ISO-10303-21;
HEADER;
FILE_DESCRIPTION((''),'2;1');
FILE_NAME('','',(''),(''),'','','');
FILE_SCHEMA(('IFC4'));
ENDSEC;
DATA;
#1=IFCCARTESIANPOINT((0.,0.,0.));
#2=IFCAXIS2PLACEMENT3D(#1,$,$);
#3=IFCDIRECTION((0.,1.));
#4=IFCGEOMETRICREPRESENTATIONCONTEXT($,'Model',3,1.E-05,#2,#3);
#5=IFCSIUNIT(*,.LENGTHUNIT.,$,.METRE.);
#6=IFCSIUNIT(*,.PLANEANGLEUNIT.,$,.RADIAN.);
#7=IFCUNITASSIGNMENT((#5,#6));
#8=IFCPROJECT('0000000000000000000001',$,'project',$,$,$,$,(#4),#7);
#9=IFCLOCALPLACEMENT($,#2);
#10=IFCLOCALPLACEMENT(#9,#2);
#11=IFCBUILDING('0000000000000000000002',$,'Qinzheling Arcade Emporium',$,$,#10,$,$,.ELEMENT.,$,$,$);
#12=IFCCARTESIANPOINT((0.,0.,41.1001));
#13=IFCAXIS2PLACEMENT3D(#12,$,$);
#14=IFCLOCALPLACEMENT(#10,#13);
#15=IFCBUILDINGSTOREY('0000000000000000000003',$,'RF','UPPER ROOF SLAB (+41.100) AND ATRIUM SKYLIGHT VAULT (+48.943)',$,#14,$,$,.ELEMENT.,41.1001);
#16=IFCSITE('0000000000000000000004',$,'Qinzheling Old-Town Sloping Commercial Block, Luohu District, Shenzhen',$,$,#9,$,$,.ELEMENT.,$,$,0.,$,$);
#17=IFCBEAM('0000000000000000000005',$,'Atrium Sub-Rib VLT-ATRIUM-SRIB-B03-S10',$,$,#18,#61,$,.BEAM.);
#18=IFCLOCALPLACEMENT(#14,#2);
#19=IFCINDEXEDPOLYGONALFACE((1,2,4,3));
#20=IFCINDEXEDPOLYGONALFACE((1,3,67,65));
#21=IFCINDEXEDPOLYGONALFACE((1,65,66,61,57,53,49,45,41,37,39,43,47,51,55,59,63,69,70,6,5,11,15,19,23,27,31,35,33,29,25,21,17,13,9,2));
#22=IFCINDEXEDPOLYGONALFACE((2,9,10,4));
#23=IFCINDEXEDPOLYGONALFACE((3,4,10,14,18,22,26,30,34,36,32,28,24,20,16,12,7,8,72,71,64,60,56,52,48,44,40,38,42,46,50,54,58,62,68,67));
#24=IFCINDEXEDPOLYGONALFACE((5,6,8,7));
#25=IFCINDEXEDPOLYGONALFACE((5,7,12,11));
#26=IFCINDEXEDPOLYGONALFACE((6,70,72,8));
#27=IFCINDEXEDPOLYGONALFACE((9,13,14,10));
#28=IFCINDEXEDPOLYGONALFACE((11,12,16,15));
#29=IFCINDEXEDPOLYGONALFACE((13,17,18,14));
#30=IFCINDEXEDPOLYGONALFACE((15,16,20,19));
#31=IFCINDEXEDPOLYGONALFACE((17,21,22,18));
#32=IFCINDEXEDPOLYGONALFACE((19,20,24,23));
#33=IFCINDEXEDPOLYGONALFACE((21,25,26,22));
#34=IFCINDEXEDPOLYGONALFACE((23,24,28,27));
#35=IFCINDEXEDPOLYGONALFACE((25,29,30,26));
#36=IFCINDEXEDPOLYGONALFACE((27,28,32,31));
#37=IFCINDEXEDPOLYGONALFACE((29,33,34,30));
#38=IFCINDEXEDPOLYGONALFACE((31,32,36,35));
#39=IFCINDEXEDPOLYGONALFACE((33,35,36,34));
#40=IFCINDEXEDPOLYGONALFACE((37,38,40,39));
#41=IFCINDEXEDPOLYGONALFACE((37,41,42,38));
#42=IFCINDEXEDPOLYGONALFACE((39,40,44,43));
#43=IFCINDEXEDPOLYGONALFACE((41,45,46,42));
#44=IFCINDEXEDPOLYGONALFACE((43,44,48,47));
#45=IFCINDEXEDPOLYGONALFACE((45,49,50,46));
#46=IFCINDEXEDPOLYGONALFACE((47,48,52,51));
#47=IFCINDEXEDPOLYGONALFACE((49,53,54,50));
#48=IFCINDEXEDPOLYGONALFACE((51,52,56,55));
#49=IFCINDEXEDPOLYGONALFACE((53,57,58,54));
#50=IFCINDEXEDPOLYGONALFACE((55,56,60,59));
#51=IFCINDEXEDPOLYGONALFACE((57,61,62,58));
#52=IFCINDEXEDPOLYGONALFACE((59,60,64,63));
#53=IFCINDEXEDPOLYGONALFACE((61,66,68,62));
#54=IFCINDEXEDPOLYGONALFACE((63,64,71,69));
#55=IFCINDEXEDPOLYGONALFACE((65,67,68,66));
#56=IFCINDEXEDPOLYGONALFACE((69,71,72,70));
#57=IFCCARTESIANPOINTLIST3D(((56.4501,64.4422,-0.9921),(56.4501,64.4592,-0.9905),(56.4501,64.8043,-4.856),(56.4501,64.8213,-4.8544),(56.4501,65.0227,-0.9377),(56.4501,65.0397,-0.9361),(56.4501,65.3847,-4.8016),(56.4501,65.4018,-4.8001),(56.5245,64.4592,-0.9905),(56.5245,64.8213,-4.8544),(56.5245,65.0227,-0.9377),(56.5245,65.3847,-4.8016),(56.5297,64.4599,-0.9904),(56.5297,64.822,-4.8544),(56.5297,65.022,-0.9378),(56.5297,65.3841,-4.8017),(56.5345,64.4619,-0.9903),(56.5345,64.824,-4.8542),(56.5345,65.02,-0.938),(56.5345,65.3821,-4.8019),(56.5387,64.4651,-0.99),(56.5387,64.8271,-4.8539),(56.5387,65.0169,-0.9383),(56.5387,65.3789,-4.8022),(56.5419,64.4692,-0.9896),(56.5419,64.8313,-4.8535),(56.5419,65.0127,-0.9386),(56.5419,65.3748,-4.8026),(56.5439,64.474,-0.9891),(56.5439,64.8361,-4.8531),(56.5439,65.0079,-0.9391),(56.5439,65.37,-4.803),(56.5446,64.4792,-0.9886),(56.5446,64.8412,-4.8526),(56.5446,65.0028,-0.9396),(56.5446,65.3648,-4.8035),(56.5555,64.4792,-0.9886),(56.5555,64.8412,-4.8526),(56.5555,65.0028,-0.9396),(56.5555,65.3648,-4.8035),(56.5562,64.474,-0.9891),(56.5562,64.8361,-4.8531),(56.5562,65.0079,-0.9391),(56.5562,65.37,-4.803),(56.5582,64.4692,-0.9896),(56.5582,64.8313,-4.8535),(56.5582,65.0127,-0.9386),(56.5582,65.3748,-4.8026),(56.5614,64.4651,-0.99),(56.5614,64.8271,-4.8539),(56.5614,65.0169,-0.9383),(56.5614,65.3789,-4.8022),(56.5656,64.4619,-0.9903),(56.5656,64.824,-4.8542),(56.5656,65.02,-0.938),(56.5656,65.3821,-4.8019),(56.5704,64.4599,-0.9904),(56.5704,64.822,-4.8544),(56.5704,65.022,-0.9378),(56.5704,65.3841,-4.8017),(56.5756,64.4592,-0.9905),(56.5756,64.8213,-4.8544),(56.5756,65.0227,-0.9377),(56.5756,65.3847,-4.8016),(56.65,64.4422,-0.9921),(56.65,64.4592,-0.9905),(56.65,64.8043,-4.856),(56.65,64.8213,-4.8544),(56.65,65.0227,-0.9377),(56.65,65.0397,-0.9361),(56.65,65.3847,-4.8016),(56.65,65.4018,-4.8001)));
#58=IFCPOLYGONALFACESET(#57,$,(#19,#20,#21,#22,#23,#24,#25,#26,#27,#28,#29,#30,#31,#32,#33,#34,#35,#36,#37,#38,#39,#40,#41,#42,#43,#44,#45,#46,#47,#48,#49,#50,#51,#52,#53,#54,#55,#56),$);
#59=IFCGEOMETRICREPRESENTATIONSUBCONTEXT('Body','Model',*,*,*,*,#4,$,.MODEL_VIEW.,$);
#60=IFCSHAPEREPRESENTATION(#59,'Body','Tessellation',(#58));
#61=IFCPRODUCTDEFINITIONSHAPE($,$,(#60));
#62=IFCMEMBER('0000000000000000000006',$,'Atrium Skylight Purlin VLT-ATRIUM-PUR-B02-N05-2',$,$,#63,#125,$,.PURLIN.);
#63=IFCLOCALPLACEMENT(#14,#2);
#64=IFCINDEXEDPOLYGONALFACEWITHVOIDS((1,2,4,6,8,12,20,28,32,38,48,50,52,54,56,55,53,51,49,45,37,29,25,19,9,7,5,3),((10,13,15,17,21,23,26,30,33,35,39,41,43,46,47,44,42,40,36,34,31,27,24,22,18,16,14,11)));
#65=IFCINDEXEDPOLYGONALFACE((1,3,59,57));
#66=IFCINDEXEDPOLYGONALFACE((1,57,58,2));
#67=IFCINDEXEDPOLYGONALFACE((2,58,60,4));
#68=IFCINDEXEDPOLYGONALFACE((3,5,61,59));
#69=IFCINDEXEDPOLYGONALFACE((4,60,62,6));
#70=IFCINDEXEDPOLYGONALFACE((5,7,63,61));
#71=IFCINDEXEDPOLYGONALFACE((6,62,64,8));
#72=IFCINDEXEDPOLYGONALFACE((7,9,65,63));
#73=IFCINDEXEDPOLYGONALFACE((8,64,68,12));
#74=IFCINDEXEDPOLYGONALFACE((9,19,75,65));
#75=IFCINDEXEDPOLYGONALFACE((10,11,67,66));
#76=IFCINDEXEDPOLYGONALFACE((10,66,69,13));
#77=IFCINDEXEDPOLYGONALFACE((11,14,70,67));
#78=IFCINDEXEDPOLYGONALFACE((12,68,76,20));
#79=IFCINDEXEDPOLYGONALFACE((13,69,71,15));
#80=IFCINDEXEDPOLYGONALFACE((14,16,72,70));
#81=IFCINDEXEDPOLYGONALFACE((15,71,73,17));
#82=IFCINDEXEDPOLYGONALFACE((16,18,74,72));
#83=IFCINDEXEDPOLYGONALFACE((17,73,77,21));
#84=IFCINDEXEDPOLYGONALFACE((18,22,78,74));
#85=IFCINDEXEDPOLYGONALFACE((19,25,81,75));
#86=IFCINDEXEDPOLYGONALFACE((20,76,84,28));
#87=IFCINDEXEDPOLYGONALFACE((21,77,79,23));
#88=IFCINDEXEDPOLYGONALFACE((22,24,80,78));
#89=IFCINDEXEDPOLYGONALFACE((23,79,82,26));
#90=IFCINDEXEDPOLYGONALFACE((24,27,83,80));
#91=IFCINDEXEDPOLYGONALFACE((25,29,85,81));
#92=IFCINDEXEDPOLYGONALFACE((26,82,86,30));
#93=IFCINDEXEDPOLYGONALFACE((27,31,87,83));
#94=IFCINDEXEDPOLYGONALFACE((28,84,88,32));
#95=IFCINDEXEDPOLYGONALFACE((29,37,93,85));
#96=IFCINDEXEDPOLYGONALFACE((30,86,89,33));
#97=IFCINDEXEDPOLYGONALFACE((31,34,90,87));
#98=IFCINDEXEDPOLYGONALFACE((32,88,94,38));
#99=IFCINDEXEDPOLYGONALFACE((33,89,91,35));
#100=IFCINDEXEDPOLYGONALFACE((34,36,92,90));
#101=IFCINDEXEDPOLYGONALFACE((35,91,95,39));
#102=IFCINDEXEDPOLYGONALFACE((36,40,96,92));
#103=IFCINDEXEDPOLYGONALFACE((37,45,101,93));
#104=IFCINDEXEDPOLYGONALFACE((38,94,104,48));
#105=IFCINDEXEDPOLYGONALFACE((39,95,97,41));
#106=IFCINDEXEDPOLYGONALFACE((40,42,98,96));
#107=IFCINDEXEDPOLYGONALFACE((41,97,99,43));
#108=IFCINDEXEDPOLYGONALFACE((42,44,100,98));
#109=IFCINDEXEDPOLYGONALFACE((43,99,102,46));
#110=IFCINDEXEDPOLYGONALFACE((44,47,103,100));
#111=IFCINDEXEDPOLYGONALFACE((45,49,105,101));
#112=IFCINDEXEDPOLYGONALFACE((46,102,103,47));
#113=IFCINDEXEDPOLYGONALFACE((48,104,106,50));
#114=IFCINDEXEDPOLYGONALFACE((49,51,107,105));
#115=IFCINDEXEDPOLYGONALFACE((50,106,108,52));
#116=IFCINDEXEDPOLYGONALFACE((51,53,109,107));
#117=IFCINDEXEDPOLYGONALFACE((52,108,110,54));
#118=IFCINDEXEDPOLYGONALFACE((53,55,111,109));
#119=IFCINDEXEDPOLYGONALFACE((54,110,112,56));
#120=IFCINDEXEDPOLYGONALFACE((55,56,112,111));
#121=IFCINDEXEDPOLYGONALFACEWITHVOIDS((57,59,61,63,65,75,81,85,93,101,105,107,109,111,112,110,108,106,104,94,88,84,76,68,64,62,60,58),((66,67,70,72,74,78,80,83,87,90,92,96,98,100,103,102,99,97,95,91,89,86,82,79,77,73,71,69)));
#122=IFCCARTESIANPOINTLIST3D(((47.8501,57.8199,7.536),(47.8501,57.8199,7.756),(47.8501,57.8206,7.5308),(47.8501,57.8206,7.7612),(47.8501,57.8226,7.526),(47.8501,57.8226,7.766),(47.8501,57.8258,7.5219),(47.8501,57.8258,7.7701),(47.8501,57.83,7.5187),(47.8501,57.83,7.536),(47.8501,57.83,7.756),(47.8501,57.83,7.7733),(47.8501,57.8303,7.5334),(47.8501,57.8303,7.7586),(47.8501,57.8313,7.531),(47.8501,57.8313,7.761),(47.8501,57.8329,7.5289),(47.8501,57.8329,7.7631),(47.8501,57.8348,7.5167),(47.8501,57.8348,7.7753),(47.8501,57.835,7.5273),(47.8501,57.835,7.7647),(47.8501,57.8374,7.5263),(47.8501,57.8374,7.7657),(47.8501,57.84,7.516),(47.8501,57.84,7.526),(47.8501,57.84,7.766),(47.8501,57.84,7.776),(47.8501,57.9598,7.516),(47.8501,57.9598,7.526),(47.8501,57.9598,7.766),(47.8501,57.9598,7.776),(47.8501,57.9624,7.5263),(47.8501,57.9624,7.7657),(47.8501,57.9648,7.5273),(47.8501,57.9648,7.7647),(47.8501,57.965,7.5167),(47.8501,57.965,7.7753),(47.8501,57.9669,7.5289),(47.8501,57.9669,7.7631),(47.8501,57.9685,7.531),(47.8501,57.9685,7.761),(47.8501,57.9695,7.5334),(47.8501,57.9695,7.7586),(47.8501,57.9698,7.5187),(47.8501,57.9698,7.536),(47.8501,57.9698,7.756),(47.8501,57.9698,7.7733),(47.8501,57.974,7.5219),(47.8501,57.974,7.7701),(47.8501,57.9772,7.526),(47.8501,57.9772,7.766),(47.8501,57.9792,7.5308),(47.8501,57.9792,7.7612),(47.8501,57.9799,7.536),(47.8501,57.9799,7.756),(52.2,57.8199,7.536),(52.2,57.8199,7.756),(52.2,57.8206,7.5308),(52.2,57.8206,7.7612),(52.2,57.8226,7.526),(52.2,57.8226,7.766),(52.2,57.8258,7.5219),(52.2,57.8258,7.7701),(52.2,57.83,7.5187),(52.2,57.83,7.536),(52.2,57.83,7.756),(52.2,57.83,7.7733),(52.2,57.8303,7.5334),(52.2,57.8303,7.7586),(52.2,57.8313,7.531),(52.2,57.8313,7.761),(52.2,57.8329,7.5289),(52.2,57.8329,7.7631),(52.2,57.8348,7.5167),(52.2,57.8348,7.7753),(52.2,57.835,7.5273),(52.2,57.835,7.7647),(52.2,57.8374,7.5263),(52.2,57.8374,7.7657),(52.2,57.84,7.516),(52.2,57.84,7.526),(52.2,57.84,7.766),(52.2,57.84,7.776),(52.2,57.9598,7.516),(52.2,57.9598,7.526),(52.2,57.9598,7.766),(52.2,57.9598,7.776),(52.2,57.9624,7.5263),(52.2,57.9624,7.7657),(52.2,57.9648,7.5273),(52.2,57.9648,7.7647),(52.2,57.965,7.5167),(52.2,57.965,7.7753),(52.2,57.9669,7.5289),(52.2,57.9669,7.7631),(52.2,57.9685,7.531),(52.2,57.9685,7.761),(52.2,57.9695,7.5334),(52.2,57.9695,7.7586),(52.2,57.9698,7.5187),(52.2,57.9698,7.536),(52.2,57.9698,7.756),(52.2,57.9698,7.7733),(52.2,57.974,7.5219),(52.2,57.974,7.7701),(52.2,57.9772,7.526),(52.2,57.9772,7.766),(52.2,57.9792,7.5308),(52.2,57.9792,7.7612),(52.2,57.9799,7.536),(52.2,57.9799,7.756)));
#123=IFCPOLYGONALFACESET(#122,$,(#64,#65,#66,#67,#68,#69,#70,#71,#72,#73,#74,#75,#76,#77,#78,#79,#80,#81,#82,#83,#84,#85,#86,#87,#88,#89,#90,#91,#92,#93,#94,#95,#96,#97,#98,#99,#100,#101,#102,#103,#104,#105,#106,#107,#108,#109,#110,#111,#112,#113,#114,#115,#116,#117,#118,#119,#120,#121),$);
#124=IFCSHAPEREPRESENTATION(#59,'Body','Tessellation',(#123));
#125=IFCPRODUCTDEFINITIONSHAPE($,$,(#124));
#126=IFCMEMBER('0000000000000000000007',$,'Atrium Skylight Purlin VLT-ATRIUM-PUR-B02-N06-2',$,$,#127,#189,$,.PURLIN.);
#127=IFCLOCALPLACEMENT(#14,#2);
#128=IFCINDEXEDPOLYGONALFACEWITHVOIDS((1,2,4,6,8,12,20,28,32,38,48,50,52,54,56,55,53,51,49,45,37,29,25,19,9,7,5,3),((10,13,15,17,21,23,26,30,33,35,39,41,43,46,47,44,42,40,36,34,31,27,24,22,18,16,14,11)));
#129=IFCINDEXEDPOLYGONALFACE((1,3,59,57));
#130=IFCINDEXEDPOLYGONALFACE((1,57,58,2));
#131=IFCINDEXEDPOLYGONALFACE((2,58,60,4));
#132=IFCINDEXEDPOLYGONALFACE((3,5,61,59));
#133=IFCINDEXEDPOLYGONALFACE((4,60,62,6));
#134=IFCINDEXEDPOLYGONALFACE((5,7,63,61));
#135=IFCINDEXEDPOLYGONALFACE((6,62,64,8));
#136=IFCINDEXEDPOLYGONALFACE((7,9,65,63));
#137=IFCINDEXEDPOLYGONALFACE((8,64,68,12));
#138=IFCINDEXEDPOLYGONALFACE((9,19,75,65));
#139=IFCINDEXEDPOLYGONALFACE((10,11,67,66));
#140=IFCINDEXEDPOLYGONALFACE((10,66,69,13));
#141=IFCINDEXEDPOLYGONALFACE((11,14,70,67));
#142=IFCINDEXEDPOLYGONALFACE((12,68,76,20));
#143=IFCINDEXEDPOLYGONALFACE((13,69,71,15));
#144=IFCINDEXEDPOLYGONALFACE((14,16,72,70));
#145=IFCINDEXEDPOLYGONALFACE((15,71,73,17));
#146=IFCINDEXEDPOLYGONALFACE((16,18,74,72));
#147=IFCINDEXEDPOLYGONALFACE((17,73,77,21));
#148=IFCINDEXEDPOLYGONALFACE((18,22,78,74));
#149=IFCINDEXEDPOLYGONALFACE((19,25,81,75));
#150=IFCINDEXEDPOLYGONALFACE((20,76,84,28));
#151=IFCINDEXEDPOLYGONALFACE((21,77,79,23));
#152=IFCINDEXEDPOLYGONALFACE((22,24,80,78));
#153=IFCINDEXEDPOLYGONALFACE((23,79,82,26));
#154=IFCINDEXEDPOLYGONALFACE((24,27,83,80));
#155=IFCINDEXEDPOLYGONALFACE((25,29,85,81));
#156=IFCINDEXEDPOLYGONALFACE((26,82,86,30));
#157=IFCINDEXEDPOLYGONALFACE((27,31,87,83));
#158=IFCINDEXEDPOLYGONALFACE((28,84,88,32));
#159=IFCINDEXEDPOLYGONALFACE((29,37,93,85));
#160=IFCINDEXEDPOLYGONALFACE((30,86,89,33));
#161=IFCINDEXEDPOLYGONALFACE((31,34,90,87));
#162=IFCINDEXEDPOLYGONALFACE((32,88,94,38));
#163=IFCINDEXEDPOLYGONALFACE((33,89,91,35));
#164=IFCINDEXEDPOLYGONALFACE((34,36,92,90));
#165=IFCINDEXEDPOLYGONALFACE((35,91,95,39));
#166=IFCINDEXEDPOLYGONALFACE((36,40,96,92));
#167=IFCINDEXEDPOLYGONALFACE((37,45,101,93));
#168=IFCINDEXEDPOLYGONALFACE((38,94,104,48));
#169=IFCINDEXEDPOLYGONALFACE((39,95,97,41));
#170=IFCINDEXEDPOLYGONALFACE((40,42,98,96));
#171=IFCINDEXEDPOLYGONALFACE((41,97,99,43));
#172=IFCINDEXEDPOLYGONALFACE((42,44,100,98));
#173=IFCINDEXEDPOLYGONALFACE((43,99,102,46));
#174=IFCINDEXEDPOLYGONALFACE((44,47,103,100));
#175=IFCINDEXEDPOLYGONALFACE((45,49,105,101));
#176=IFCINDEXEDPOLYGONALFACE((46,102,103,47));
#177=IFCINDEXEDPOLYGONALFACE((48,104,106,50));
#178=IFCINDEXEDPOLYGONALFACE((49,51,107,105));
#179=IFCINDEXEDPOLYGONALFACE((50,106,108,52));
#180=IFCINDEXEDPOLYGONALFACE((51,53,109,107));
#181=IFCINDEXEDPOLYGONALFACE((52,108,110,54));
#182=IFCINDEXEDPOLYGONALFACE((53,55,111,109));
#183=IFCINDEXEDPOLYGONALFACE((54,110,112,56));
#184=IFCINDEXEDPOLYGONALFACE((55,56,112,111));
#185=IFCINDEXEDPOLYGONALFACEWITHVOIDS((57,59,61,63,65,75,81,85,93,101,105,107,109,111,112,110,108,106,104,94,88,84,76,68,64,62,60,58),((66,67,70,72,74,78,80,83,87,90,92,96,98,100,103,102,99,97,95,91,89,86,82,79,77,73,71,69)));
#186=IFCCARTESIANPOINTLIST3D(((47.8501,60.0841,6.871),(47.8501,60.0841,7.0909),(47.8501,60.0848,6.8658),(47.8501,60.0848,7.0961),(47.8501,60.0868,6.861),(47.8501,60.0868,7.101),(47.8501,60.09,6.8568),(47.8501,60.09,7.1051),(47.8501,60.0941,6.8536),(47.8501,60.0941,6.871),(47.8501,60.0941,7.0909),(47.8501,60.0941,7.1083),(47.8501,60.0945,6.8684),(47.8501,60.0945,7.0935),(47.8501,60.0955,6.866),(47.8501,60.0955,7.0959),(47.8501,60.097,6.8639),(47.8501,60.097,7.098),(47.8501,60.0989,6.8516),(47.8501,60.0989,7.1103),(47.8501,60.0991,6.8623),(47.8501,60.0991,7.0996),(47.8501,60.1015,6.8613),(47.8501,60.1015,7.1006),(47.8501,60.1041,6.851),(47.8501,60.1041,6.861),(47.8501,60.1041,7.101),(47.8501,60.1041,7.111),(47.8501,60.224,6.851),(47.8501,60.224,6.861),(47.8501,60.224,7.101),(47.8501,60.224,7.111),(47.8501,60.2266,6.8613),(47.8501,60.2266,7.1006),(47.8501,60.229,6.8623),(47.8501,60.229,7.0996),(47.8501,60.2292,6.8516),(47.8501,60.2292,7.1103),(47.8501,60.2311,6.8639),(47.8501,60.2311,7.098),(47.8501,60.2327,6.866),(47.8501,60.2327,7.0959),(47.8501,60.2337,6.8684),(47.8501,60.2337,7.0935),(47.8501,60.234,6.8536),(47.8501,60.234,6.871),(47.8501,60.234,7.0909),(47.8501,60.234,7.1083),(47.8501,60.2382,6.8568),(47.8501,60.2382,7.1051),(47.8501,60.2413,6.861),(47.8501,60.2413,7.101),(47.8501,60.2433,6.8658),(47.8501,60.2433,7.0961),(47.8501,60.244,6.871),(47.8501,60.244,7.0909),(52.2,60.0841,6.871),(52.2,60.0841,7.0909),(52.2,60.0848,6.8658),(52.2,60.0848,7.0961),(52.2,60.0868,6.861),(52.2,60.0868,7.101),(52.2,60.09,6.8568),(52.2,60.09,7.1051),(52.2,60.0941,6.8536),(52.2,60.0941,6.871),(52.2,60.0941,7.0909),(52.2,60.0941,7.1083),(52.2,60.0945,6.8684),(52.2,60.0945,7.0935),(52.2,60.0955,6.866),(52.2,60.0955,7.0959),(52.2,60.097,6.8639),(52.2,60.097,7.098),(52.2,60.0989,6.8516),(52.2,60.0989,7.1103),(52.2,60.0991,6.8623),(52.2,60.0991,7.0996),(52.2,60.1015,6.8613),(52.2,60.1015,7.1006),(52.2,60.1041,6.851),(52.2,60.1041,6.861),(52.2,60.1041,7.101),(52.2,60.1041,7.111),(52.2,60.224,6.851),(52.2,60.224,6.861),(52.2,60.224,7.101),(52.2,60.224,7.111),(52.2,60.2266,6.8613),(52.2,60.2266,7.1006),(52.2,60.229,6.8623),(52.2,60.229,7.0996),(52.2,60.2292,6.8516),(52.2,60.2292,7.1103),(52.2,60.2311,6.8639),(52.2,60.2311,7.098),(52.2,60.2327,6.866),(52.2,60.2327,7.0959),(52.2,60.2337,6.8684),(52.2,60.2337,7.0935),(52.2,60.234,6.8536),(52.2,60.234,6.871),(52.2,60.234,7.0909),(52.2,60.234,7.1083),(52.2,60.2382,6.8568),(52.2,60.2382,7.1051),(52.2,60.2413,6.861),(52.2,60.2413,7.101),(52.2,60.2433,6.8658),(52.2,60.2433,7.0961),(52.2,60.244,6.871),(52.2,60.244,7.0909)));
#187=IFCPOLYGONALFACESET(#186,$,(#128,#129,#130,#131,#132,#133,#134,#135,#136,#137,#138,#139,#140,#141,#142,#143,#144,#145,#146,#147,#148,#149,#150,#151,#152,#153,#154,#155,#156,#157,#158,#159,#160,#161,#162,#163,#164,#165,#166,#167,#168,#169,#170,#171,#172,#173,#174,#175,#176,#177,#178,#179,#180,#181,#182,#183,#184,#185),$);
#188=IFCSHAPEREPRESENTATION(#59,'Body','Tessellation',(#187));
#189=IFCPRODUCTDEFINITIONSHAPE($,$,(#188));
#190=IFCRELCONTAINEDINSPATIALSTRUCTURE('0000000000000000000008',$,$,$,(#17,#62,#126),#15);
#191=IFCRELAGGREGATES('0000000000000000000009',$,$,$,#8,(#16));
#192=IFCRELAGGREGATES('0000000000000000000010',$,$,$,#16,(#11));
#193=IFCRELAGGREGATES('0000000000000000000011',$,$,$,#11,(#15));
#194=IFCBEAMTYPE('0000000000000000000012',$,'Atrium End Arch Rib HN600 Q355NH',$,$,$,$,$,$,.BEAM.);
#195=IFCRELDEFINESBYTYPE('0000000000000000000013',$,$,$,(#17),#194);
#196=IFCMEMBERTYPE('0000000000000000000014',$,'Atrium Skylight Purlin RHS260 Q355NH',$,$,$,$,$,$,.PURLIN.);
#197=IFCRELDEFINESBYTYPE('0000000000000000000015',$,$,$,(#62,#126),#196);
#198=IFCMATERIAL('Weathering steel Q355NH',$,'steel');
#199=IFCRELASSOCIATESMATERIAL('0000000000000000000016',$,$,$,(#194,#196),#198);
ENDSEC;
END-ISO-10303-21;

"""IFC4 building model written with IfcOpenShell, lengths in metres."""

from ifc_helpers import new_model, si_unit, direction, frame, origin, origin_2d, place, context, subcontext, project, spatial, hollow_rectangle, i_section, extrude, material, material_profile, profile_set, type_object, element, save


model = new_model("IFC4")

# Units and contexts
model_context = context("Model", 3, precision=1e-05, world=origin(), true_north=direction((0.0, 1.0)))
body_context = subcontext(model_context, "Body", "Model", "MODEL_VIEW")
ifc_project = project(units=[si_unit("LENGTHUNIT", "METRE"), si_unit("PLANEANGLEUNIT", "RADIAN")], contexts=[model_context])

# Site, building, storey
site_placement = place(None, origin())
site = spatial("IfcSite", under=ifc_project, at=site_placement, Name="Qinzheling Old-Town Sloping Commercial Block, Luohu District, Shenzhen", CompositionType="ELEMENT", RefElevation=0.0)
building_placement = place(site_placement, origin())
building = spatial("IfcBuilding", under=site, at=building_placement, Name="Qinzheling Arcade Emporium", CompositionType="ELEMENT")
storey_placement = place(building_placement, frame((0.0, 0.0, 41.1001)))
storey = spatial("IfcBuildingStorey", under=building, at=storey_placement, Name="RF", Description="UPPER ROOF SLAB (+41.100) AND ATRIUM SKYLIGHT VAULT (+48.943)", CompositionType="ELEMENT", Elevation=41.1001)

# Beam
ifc_material_1 = material(Name="Weathering steel Q355NH", Category="steel")
ifc_material_profile_1 = material_profile(ifc_material_1, i_section(OverallWidth=0.2, OverallDepth=0.6001, WebThickness=0.011, FlangeThickness=0.0171, FilletRadius=0.02, at=origin_2d()), Name="HN 600x200x11x17", Category="steel")
ifc_profile_set_1 = profile_set([ifc_material_profile_1], Name="Weathering steel Q355NH")
beam_type_1 = type_object("IfcBeamType", Name="Atrium End Arch Rib HN600 Q355NH", PredefinedType="BEAM", material=ifc_profile_set_1)
beam_1_placement = place(storey_placement, frame((56.55, 64.741, -0.9641), z_axis=(0.0, 0.093292, -0.995639), x_axis=(-1.0, 0.0, 0.0)))
element("IfcBeam", 1, at=beam_1_placement, inside=storey, type_object=beam_type_1, Name="Atrium Sub-Rib VLT-ATRIUM-SRIB-B03-S10", PredefinedType="BEAM", context=body_context, shape_type="SweptSolid", body=[
    extrude(i_section(OverallWidth=0.2, OverallDepth=0.6001, WebThickness=0.011, FlangeThickness=0.0171, FilletRadius=0.02, at=origin_2d()), origin(), (0.0, 0.0, 1.0), 3.8809),
])

# Members
ifc_material_profile_2 = material_profile(ifc_material_1, hollow_rectangle(XDim=0.1599, YDim=0.26, WallThickness=0.01, InnerFilletRadius=0.01, OuterFilletRadius=0.02, at=origin_2d()), Name="RHS 260x160x10", Category="steel")
ifc_profile_set_2 = profile_set([ifc_material_profile_2], Name="Weathering steel Q355NH")
member_type = type_object("IfcMemberType", Name="Atrium Skylight Purlin RHS260 Q355NH", PredefinedType="PURLIN", material=ifc_profile_set_2)
for number, where, z_axis, x_axis, name in (
    (2, (47.8501, 57.8999, 7.646), (1.0, 0.0, 0.0), (0.0, 1.0, 0.0), "Atrium Skylight Purlin VLT-ATRIUM-PUR-B02-N05-2"),
    (3, (47.8501, 60.1641, 6.981), (1.0, 0.0, 0.0), (0.0, 1.0, 0.0), "Atrium Skylight Purlin VLT-ATRIUM-PUR-B02-N06-2"),
):
    element("IfcMember", number, at=place(storey_placement, frame(where, z_axis=z_axis, x_axis=x_axis)), inside=storey, type_object=member_type, Name=name, PredefinedType="PURLIN", context=body_context, shape_type="SweptSolid", body=[
        extrude(hollow_rectangle(XDim=0.1599, YDim=0.26, WallThickness=0.01, InnerFilletRadius=0.01, OuterFilletRadius=0.02, at=origin_2d()), origin(), (0.0, 0.0, 1.0), 4.3499),
    ])

save(model, "model.ifc")
